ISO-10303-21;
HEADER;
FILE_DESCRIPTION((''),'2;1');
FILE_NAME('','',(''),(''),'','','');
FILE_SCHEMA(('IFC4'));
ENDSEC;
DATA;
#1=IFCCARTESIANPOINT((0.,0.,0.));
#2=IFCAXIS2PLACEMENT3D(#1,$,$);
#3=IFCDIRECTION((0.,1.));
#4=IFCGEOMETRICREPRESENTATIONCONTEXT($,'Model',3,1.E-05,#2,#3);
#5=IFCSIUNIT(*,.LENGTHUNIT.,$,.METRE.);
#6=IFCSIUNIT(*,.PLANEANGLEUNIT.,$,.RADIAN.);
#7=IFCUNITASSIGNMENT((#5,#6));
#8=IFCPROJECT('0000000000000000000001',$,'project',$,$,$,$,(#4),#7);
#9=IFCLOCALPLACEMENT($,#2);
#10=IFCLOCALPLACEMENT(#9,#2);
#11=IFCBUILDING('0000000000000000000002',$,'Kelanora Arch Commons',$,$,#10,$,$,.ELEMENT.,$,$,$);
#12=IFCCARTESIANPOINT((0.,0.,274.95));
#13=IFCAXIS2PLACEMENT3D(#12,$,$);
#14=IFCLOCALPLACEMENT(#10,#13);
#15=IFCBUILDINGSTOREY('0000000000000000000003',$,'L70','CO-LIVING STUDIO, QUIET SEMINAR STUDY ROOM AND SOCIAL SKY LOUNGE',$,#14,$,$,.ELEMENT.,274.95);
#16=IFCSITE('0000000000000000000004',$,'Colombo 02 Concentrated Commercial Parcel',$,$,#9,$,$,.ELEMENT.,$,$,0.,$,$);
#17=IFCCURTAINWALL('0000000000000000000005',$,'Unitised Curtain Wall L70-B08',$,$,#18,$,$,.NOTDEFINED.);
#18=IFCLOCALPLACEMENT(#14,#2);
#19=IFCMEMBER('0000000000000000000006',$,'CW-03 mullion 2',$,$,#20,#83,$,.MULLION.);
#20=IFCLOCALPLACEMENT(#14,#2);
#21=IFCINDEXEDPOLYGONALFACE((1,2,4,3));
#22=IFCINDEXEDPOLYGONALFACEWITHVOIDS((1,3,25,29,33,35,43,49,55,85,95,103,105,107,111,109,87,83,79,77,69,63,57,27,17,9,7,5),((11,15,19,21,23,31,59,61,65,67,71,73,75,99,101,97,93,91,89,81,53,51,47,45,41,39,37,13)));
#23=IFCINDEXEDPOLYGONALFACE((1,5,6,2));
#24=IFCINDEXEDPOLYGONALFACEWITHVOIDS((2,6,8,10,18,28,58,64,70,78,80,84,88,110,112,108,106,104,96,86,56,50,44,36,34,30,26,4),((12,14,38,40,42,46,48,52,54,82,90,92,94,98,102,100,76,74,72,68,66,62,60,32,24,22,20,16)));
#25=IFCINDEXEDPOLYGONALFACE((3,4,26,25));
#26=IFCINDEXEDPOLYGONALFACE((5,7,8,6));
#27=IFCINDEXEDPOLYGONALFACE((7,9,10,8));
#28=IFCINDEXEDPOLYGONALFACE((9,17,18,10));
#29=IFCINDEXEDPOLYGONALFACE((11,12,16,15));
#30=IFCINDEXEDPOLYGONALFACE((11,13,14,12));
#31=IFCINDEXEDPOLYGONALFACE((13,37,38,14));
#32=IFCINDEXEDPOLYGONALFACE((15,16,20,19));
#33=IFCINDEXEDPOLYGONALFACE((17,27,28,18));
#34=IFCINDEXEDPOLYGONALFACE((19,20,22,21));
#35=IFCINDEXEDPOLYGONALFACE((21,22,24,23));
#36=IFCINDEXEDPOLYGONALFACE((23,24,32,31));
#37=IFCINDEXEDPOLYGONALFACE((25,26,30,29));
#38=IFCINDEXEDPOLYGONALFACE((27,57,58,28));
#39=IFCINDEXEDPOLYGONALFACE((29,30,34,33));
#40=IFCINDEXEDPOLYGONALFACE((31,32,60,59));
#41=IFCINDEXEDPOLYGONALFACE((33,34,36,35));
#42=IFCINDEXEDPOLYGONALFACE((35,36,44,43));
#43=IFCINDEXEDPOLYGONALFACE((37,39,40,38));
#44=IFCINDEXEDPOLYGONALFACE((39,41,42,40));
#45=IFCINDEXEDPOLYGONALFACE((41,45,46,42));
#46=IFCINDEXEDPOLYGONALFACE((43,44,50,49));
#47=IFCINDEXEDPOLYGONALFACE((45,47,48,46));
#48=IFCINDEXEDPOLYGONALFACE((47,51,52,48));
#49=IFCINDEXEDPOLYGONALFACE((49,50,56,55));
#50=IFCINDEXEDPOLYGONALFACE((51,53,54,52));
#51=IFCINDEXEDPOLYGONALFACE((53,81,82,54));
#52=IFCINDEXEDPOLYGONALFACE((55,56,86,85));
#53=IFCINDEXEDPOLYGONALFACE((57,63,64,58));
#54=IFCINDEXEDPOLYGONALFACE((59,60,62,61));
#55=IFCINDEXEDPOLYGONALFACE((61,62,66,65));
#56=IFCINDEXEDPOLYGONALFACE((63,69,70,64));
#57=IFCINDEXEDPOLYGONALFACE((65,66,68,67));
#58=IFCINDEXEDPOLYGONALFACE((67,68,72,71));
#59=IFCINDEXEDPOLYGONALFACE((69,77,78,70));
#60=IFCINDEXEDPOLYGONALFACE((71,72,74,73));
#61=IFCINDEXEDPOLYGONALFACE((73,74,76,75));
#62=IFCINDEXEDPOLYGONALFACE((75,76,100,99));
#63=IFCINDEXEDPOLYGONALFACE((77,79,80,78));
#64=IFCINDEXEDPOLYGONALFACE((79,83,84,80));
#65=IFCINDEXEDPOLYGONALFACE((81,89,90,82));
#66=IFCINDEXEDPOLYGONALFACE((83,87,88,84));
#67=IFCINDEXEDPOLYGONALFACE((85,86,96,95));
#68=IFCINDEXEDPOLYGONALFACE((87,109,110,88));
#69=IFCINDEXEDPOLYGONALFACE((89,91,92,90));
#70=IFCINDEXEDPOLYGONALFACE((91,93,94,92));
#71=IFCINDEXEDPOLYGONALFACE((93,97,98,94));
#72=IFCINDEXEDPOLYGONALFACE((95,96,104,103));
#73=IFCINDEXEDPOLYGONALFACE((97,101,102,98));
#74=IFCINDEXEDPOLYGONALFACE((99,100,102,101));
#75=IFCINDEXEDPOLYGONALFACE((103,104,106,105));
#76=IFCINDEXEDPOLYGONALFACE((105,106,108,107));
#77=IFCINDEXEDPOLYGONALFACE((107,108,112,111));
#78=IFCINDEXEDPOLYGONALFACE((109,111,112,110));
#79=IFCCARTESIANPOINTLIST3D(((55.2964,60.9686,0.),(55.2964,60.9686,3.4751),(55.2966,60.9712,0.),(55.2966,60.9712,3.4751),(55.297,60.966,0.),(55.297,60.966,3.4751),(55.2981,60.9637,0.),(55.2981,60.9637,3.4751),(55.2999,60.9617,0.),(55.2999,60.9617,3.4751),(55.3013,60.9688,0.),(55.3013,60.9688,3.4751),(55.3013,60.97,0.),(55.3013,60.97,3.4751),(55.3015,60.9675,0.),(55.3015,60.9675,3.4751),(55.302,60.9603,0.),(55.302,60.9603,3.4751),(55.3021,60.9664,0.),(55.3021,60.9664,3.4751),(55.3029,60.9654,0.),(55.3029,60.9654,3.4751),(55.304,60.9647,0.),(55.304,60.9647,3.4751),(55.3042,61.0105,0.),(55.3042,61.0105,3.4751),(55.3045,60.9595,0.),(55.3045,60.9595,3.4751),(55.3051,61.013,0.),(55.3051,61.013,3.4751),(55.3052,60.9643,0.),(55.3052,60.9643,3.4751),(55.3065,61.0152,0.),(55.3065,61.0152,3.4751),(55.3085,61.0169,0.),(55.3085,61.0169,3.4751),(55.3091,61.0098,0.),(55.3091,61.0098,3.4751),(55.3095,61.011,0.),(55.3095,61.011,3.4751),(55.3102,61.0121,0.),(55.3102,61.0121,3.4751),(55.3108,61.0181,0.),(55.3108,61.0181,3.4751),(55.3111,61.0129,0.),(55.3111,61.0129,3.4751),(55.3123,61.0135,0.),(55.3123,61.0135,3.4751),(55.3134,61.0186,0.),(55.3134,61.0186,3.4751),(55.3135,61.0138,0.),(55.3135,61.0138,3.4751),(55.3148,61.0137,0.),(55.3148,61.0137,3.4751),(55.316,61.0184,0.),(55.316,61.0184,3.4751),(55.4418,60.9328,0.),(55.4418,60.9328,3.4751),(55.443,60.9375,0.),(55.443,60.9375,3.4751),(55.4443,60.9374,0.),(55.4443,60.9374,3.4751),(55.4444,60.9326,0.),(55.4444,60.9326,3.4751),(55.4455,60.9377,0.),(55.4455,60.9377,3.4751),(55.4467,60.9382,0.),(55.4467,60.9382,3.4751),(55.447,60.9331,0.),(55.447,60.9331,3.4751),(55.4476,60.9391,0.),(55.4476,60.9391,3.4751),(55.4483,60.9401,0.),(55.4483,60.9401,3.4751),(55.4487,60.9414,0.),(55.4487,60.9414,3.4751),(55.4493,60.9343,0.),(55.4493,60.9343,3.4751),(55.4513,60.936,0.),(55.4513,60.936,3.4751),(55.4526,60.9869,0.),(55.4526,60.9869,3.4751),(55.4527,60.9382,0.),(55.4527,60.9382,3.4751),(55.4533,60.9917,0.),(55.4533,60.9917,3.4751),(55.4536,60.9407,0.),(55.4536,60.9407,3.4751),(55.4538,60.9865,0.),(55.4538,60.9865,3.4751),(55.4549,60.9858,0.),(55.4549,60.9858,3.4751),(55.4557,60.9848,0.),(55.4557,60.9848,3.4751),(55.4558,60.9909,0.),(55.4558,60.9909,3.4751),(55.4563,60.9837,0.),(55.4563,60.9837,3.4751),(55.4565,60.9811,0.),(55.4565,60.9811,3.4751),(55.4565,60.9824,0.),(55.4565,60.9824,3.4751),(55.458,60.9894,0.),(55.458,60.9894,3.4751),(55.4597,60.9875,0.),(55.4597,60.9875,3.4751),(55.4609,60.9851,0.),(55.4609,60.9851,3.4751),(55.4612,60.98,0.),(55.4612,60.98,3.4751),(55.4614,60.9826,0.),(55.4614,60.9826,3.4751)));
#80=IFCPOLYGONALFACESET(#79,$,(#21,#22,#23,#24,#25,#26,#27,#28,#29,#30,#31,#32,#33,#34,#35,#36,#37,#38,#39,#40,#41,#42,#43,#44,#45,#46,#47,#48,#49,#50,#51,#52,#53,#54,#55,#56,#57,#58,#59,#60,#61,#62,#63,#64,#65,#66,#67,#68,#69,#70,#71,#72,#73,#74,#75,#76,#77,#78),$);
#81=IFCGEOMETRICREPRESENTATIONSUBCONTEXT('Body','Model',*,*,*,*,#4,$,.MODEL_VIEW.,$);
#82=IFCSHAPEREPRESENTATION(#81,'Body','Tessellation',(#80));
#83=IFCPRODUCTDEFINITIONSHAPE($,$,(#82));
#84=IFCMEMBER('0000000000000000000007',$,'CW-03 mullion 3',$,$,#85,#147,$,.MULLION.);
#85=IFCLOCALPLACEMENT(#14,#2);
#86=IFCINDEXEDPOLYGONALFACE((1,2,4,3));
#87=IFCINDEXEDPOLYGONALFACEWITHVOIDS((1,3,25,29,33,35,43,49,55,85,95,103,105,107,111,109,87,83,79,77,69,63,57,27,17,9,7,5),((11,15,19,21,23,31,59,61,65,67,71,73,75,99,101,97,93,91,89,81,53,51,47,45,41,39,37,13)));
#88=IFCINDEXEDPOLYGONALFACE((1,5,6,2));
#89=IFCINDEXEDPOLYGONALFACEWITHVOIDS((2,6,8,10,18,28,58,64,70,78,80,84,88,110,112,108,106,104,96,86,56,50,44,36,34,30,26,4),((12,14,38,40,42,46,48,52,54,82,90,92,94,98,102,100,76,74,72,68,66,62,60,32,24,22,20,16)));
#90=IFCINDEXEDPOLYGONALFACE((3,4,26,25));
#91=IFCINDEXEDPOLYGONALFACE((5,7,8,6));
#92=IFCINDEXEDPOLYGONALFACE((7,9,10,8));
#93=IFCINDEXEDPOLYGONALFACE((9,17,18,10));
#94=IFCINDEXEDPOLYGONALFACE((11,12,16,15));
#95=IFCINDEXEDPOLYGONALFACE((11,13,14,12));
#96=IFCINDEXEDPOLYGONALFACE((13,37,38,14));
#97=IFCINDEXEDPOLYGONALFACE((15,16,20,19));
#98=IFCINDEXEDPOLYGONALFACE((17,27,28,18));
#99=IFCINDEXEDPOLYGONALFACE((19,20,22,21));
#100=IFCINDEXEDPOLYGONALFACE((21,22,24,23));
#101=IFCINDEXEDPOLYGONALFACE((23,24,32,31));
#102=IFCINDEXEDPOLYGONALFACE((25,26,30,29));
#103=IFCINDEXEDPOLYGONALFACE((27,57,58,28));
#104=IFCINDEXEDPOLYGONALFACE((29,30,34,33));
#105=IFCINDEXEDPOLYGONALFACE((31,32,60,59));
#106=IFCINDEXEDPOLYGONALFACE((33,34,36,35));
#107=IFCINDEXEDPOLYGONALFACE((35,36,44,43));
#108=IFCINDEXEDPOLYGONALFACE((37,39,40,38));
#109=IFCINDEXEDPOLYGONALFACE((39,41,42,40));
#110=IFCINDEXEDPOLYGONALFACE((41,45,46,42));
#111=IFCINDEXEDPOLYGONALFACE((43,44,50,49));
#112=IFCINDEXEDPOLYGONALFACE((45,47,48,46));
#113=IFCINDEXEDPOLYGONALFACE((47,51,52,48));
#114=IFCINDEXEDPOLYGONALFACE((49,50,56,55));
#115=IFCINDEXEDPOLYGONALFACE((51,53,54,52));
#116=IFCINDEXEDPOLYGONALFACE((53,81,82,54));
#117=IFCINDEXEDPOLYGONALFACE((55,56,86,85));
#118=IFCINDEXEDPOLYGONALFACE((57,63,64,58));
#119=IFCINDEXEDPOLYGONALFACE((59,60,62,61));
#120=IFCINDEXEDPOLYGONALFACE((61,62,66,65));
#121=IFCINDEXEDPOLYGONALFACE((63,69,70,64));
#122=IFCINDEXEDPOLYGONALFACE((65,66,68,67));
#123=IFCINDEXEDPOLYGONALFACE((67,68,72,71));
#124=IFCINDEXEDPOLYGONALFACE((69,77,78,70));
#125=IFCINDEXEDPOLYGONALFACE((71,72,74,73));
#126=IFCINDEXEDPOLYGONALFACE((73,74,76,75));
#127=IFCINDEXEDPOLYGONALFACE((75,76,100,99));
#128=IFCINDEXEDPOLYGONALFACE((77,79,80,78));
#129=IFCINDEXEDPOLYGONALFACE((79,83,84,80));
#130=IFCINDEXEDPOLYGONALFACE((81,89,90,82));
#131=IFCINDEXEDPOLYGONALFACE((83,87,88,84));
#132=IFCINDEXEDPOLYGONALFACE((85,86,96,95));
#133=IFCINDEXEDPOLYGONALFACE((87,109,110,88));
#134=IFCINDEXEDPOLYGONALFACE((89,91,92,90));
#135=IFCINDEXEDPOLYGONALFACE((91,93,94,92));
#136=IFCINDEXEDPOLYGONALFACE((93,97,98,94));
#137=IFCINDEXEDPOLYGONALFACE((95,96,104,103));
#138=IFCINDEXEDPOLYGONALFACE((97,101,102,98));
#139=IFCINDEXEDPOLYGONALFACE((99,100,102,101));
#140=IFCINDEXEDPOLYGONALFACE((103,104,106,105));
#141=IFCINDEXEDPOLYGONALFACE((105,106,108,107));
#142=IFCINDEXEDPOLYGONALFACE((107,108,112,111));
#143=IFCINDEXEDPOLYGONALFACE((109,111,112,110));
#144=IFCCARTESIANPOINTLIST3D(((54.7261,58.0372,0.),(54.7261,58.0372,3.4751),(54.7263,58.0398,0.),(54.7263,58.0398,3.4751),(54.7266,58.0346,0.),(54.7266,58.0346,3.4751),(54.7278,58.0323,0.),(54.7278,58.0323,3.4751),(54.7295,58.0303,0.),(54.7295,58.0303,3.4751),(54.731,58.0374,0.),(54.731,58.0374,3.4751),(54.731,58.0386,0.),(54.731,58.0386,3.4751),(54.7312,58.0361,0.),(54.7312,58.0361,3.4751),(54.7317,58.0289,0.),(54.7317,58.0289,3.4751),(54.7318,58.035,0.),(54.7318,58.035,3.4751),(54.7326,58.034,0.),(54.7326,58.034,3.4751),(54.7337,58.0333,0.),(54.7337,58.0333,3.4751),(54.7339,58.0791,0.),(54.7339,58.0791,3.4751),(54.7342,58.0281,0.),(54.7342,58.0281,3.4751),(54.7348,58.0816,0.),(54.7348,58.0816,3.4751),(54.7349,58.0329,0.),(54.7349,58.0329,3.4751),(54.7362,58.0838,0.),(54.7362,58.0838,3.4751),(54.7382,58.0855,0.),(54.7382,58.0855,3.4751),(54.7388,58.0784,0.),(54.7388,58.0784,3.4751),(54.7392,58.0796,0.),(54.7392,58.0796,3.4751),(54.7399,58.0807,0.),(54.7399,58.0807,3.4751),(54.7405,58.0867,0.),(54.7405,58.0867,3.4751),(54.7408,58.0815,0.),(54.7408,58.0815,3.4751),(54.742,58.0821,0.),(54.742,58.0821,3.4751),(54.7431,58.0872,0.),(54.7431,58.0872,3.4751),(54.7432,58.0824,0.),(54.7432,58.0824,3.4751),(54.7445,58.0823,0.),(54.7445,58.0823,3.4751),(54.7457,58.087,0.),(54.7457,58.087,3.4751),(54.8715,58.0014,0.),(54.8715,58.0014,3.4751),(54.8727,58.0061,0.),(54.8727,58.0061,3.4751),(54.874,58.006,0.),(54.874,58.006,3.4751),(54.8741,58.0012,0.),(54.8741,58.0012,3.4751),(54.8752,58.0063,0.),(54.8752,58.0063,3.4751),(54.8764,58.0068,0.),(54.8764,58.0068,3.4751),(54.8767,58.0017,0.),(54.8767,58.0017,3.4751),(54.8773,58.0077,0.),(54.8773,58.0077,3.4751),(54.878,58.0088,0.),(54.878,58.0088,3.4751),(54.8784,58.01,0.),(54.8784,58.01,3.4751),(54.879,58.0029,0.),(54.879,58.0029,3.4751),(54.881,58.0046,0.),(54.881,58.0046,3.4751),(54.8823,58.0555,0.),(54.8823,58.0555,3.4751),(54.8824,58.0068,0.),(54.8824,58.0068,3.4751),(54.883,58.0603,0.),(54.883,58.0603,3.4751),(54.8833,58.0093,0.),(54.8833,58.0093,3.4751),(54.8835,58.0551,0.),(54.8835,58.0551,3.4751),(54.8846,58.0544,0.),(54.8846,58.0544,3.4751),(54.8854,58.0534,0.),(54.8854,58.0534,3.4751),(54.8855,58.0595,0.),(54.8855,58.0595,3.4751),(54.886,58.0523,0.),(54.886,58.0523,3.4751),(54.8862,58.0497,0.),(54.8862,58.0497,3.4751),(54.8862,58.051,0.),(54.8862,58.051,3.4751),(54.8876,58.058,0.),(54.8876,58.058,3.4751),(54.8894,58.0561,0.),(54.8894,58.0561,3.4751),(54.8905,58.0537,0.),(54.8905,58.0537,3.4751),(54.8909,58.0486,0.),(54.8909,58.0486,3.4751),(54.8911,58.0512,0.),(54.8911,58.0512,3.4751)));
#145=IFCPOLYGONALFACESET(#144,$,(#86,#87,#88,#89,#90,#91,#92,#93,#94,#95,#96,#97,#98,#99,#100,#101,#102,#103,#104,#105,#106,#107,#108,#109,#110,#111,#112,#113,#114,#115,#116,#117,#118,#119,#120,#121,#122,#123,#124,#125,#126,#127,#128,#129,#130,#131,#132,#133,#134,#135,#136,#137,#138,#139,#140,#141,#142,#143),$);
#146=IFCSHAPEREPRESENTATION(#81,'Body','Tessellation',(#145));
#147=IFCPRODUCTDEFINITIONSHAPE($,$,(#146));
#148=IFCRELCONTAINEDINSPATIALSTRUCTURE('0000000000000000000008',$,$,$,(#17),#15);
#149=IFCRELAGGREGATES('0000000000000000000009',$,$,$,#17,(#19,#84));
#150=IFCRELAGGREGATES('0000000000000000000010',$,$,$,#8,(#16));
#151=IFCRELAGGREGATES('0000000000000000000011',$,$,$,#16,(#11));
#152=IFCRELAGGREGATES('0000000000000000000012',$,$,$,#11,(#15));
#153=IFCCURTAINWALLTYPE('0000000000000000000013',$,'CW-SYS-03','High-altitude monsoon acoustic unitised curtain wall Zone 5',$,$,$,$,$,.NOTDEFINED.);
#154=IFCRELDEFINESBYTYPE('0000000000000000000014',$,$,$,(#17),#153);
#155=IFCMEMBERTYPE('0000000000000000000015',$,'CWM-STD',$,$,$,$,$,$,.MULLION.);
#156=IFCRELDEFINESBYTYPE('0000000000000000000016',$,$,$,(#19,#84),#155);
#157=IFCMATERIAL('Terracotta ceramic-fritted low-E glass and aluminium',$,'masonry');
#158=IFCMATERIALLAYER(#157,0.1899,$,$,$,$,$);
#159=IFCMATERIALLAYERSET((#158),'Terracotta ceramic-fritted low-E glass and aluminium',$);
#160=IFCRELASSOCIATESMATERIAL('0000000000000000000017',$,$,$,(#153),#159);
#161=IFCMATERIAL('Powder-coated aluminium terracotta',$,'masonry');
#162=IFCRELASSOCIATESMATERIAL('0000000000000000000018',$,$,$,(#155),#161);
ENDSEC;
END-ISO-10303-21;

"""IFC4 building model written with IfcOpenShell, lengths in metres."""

from ifc_helpers import new_model, si_unit, direction, frame, origin, origin_2d, place, context, subcontext, project, spatial, hollow_rectangle, extrude, material, layer, layer_set, material_profile, profile_set, type_object, element, aggregate, save


model = new_model("IFC4")

# Units and contexts
model_context = context("Model", 3, precision=1e-05, world=origin(), true_north=direction((0.0, 1.0)))
body_context = subcontext(model_context, "Body", "Model", "MODEL_VIEW")
ifc_project = project(units=[si_unit("LENGTHUNIT", "METRE"), si_unit("PLANEANGLEUNIT", "RADIAN")], contexts=[model_context])

# Site, building, storey
site_placement = place(None, origin())
site = spatial("IfcSite", under=ifc_project, at=site_placement, Name="Colombo 02 Concentrated Commercial Parcel", CompositionType="ELEMENT", RefElevation=0.0)
building_placement = place(site_placement, origin())
building = spatial("IfcBuilding", under=site, at=building_placement, Name="Kelanora Arch Commons", CompositionType="ELEMENT")
storey_placement = place(building_placement, frame((0.0, 0.0, 274.95)))
storey = spatial("IfcBuildingStorey", under=building, at=storey_placement, Name="L70", Description="CO-LIVING STUDIO, QUIET SEMINAR STUDY ROOM AND SOCIAL SKY LOUNGE", CompositionType="ELEMENT", Elevation=274.95)

# Curtain wall, members
ifc_material_1 = material(Name="Terracotta ceramic-fritted low-E glass and aluminium", Category="masonry")
ifc_layer_1 = layer(ifc_material_1, 0.1899)
ifc_layer_set_1 = layer_set([ifc_layer_1], Name="Terracotta ceramic-fritted low-E glass and aluminium")
curtain_wall_type = type_object("IfcCurtainWallType", Name="CW-SYS-03", Description="High-altitude monsoon acoustic unitised curtain wall Zone 5", PredefinedType="NOTDEFINED", material=ifc_layer_set_1)
curtain_wall_placement = place(storey_placement, origin())
curtain_wall = element("IfcCurtainWall", 1, at=curtain_wall_placement, inside=storey, type_object=curtain_wall_type, Name="Unitised Curtain Wall L70-B08", PredefinedType="NOTDEFINED")
ifc_material_2 = material(Name="Powder-coated aluminium terracotta", Category="masonry")
ifc_material_profile_1 = material_profile(ifc_material_2, hollow_rectangle(XDim=0.1599, YDim=0.0601, WallThickness=0.0049, InnerFilletRadius=0.0049, OuterFilletRadius=0.01, at=origin_2d()), Name="CWM160x60")
ifc_profile_set_1 = profile_set([ifc_material_profile_1], Name="Powder-coated aluminium terracotta")
member_type_1 = type_object("IfcMemberType", Name="CWM-STD", PredefinedType="MULLION", material=ifc_profile_set_1)
member_1_placement = place(storey_placement, frame((55.3789, 60.9756, 0.0), z_axis=(0.0, 0.0, 1.0), x_axis=(0.981596, -0.190972, 0.0)))
member_1 = element("IfcMember", 2, at=member_1_placement, type_object=member_type_1, Name="CW-03 mullion 2", PredefinedType="MULLION", context=body_context, shape_type="SweptSolid", body=[
    extrude(hollow_rectangle(XDim=0.1599, YDim=0.0601, WallThickness=0.0049, InnerFilletRadius=0.0049, OuterFilletRadius=0.01, at=origin_2d()), origin(), (0.0, 0.0, 1.0), 3.4751),
])
member_2_placement = place(storey_placement, frame((54.8086, 58.0442, 0.0), z_axis=(0.0, 0.0, 1.0), x_axis=(0.981596, -0.190972, 0.0)))
member_2 = element("IfcMember", 3, at=member_2_placement, type_object=member_type_1, Name="CW-03 mullion 3", PredefinedType="MULLION", context=body_context, shape_type="SweptSolid", body=[
    extrude(hollow_rectangle(XDim=0.1599, YDim=0.0601, WallThickness=0.0049, InnerFilletRadius=0.0049, OuterFilletRadius=0.01, at=origin_2d()), origin(), (0.0, 0.0, 1.0), 3.4751),
])
aggregate(curtain_wall, [member_1, member_2])

save(model, "model.ifc")
